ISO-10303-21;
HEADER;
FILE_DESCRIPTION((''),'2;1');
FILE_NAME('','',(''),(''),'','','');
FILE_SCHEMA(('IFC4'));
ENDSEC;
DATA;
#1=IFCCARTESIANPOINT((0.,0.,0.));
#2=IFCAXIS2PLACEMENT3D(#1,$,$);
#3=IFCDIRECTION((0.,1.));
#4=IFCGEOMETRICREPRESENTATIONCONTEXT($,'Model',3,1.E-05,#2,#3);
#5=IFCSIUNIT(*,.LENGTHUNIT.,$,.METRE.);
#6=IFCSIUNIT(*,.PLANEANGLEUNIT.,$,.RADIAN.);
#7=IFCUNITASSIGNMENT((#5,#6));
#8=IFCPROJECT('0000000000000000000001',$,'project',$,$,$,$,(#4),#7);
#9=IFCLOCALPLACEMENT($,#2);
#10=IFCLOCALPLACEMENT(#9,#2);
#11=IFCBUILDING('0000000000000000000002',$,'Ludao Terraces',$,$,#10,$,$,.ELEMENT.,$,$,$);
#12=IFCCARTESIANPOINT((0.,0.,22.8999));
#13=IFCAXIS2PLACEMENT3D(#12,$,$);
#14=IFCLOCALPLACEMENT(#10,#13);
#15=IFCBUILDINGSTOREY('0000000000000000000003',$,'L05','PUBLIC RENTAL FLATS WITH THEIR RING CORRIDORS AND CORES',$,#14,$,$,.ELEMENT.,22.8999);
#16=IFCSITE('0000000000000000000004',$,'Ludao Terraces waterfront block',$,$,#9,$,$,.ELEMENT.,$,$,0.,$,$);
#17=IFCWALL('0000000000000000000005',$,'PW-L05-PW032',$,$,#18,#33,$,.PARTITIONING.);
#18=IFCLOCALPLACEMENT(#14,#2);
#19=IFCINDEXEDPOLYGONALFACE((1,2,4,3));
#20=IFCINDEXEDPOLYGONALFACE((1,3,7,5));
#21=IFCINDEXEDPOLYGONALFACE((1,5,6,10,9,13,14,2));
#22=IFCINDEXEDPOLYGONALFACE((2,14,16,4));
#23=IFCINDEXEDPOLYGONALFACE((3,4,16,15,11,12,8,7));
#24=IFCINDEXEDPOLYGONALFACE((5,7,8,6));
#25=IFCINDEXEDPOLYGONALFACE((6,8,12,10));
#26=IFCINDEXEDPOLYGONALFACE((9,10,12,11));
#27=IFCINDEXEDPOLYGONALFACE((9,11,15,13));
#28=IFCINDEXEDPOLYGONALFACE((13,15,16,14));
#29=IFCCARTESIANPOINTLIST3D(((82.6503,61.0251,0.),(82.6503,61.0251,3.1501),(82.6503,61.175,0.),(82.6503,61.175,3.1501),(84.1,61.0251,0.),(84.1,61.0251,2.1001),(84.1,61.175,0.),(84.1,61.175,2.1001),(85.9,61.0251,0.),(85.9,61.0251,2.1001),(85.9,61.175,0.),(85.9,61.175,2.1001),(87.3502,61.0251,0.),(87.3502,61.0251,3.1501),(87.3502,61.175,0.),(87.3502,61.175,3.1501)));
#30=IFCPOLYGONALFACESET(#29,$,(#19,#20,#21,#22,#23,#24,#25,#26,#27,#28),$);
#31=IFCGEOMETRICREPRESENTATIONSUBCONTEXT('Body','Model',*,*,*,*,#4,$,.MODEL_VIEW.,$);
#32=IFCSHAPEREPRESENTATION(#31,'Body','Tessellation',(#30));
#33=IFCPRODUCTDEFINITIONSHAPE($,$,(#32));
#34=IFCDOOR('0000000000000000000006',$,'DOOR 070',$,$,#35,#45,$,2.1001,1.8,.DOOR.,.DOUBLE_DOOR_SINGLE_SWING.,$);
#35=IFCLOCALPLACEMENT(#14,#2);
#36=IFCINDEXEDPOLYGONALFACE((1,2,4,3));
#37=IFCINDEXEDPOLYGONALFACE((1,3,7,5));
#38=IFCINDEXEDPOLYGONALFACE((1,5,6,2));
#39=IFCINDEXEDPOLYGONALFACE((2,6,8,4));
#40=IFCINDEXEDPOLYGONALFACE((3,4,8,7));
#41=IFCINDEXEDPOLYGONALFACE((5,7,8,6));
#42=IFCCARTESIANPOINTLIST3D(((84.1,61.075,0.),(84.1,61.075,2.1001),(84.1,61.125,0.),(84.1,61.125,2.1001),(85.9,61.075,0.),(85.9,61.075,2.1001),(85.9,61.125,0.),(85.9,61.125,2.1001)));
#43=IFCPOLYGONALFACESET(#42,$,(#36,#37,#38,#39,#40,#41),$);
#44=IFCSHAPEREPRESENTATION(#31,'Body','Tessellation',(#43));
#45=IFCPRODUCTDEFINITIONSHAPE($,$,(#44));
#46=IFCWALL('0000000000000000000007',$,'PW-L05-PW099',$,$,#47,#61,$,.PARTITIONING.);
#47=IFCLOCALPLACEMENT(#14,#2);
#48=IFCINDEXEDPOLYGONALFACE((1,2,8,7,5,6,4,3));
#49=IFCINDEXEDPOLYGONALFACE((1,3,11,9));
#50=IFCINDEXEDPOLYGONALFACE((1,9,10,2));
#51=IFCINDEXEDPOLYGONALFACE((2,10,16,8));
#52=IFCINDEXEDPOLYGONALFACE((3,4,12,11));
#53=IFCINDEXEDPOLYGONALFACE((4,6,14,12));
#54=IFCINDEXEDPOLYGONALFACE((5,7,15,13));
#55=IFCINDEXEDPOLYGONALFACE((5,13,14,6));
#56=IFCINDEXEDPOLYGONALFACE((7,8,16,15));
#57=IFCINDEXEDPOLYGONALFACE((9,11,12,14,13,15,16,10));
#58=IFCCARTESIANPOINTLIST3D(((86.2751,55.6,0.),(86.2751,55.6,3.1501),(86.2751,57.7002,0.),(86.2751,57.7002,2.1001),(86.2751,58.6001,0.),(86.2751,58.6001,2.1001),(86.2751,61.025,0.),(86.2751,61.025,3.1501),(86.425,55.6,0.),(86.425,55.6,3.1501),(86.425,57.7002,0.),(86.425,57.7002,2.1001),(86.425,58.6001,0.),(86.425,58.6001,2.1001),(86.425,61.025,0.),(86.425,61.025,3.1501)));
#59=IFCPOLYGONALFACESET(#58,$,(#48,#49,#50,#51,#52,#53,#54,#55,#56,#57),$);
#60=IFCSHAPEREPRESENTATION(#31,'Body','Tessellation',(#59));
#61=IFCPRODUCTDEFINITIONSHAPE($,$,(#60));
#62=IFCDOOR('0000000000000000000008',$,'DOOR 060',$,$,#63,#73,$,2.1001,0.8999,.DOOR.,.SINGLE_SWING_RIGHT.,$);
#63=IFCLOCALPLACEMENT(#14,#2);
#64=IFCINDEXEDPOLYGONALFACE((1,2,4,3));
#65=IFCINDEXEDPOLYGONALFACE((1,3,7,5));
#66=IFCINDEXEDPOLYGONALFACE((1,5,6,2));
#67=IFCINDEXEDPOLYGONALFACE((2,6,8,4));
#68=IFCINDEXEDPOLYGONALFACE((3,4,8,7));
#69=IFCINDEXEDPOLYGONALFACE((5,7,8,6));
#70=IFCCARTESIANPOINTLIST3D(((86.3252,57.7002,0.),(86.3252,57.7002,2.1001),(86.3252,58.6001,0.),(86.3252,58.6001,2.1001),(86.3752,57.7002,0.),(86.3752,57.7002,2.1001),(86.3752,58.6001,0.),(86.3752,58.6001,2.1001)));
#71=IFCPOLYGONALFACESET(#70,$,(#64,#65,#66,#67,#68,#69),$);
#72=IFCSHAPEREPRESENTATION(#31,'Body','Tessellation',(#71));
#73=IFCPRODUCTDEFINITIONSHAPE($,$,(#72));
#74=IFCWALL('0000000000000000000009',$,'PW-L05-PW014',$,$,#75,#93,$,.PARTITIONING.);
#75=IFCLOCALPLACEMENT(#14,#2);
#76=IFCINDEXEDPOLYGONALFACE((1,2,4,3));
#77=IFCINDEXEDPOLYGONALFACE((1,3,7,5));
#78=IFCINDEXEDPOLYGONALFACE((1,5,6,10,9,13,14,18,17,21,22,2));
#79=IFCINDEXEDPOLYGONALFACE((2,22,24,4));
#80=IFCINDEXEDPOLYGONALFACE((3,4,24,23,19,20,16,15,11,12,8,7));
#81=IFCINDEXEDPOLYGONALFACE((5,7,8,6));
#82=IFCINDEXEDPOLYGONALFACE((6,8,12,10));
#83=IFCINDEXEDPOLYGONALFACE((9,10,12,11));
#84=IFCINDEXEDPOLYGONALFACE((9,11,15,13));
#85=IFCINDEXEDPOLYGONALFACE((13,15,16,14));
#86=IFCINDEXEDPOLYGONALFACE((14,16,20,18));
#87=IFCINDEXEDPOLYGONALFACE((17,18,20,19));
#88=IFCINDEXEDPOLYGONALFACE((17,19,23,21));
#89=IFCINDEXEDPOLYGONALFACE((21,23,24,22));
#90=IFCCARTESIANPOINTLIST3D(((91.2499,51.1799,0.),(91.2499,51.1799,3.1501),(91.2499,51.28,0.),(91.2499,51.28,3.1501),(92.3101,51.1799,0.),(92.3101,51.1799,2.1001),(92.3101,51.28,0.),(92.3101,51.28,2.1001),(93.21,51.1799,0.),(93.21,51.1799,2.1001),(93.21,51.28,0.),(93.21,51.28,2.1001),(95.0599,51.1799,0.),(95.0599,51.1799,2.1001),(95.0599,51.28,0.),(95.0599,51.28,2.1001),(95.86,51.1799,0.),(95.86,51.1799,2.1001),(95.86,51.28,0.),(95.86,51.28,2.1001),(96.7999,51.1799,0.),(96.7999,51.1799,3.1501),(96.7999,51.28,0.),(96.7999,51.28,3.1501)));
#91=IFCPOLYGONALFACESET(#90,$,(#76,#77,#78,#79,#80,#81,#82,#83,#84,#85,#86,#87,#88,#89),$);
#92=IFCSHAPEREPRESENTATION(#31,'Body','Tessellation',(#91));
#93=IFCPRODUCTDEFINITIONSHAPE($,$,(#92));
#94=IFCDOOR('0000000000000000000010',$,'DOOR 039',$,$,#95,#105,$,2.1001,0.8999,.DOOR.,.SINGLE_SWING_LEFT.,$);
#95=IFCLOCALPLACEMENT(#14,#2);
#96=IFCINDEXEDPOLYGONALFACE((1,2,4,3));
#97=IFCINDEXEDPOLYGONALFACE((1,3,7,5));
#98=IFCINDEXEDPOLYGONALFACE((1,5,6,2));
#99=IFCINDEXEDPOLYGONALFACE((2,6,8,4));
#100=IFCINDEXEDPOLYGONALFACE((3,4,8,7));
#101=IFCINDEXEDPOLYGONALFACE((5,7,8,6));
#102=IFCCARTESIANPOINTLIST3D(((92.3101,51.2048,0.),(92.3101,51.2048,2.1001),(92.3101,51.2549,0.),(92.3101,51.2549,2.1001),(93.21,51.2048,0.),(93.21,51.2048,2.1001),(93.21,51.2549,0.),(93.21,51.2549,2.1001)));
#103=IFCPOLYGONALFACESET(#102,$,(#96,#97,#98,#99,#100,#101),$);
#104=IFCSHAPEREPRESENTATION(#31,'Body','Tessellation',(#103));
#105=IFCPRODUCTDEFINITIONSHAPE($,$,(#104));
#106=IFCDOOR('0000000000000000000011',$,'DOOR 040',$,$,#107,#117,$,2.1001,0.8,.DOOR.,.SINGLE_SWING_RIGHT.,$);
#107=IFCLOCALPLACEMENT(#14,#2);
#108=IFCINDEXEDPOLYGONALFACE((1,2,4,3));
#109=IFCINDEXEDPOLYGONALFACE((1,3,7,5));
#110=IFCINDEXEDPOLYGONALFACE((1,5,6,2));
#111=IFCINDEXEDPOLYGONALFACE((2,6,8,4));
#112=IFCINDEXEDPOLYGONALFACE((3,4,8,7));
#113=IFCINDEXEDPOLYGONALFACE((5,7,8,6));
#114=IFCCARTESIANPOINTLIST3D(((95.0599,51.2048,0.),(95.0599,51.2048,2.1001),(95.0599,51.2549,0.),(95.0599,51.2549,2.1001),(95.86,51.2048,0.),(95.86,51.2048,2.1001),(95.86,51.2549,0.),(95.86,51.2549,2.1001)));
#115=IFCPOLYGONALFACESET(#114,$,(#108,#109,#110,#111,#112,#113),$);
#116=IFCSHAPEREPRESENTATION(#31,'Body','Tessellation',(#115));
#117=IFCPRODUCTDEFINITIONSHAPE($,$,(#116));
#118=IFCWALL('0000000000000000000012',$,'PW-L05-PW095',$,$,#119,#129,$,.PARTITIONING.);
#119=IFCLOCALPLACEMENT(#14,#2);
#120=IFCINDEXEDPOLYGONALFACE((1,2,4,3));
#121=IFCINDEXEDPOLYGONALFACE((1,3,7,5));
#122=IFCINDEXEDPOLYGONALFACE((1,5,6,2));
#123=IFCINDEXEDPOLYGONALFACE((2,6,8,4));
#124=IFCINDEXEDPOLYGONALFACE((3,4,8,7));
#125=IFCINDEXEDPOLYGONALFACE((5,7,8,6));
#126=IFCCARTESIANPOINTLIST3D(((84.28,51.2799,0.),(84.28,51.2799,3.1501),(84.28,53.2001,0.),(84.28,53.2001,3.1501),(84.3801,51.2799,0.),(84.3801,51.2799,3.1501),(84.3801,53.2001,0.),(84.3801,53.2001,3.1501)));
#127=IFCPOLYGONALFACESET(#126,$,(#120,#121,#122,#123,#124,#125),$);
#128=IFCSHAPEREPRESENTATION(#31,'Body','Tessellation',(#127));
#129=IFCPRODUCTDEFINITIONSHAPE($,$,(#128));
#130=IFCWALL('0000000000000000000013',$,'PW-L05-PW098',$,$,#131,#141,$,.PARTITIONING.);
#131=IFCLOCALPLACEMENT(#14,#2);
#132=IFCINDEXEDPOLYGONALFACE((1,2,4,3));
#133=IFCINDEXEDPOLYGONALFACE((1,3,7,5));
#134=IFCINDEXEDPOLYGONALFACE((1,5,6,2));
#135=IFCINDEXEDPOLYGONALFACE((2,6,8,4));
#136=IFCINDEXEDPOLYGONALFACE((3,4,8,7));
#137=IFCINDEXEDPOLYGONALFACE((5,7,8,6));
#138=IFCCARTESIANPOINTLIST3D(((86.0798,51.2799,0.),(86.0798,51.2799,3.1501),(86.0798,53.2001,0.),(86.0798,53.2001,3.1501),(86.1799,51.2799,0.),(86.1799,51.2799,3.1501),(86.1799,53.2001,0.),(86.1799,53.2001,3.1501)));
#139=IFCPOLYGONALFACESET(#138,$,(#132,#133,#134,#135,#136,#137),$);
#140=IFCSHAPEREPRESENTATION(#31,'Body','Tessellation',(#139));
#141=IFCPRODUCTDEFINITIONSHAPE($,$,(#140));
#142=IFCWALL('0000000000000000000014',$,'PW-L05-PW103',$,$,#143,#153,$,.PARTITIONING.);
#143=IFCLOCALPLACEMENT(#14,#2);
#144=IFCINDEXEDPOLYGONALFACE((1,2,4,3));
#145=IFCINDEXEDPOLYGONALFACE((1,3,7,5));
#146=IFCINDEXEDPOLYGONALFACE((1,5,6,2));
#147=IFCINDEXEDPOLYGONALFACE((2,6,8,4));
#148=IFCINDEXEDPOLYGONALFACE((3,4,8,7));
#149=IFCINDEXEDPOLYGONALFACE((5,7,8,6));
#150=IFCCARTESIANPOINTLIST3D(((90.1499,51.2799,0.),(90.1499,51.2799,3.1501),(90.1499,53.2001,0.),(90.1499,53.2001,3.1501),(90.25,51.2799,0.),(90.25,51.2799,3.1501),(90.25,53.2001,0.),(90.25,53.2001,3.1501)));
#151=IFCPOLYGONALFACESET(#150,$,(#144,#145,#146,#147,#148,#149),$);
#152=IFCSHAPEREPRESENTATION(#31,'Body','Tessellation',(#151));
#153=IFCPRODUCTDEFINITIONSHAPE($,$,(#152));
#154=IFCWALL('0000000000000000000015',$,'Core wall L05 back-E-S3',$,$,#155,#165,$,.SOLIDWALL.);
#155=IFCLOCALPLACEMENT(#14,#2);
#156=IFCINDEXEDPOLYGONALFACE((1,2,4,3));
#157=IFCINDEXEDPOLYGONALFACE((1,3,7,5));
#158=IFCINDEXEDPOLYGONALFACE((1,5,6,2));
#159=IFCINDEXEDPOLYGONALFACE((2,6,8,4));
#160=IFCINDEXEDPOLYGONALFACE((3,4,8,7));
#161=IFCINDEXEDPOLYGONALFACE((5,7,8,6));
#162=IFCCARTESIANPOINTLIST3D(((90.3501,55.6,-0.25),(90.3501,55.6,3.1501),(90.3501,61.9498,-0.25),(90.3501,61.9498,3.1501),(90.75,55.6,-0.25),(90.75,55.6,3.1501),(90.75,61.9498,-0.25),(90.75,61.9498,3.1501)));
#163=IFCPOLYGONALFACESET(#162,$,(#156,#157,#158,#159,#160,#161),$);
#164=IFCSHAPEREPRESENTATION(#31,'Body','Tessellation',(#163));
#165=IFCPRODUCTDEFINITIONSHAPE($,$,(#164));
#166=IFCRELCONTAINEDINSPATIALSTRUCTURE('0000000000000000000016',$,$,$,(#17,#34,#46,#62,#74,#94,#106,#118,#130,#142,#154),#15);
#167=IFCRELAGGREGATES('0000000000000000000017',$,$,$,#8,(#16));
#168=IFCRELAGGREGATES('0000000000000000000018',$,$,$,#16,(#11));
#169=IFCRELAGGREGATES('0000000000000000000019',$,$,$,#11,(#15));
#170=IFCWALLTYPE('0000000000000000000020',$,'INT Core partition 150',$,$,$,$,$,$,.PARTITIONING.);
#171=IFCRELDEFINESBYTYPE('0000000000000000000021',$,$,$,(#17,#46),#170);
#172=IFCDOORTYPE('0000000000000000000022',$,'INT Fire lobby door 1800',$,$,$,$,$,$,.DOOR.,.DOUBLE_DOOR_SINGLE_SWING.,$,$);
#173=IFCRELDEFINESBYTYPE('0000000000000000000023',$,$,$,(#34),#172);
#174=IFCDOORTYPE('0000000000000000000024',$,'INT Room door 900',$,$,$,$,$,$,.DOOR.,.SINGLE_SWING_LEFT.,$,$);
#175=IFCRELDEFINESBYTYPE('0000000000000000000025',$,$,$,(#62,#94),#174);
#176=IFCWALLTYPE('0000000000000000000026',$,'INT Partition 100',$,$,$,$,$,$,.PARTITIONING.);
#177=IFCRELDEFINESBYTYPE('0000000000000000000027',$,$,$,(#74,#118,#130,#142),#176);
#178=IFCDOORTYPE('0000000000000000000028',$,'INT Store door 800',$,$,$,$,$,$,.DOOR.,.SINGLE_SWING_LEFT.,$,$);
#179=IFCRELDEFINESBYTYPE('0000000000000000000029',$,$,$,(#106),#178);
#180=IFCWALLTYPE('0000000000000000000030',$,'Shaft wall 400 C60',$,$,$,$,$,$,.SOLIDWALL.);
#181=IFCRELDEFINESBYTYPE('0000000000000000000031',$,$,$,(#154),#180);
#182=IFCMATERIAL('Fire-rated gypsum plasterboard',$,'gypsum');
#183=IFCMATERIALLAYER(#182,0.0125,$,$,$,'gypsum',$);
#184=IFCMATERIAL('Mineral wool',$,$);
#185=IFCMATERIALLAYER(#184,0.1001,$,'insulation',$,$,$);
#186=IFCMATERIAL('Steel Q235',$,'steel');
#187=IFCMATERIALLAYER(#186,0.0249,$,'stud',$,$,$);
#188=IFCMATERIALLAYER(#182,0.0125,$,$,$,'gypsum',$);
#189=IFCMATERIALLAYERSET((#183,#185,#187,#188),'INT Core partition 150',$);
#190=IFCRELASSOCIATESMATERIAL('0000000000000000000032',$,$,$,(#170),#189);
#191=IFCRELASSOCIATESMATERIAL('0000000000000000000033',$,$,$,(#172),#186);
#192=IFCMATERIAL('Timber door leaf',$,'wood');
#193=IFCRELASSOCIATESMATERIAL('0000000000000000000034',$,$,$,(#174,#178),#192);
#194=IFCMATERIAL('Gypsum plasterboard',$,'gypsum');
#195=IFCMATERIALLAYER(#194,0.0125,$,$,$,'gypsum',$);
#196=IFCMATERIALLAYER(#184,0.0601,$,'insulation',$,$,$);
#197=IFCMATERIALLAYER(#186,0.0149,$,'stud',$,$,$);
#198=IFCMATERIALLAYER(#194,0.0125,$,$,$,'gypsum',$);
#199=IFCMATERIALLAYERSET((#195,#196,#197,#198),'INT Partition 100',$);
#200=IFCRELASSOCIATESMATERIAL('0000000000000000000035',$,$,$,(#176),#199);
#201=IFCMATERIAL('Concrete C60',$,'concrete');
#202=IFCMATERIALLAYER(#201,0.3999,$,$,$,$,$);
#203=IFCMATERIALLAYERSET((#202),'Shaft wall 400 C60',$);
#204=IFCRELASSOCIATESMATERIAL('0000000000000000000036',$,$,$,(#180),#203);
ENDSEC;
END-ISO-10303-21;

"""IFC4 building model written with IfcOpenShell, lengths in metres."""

from ifc_helpers import new_model, si_unit, direction, frame, frame_2d, origin, place, context, subcontext, project, spatial, rectangle, extrude, material, layer, layer_set, type_object, element, fill, save


model = new_model("IFC4")

# Units and contexts
model_context = context("Model", 3, precision=1e-05, world=origin(), true_north=direction((0.0, 1.0)))
body_context = subcontext(model_context, "Body", "Model", "MODEL_VIEW")
ifc_project = project(units=[si_unit("LENGTHUNIT", "METRE"), si_unit("PLANEANGLEUNIT", "RADIAN")], contexts=[model_context])

# Site, building, storey
site_placement = place(None, origin())
site = spatial("IfcSite", under=ifc_project, at=site_placement, Name="Ludao Terraces waterfront block", CompositionType="ELEMENT", RefElevation=0.0)
building_placement = place(site_placement, origin())
building = spatial("IfcBuilding", under=site, at=building_placement, Name="Ludao Terraces", CompositionType="ELEMENT")
storey_placement = place(building_placement, frame((0.0, 0.0, 22.8999)))
storey = spatial("IfcBuildingStorey", under=building, at=storey_placement, Name="L05", Description="PUBLIC RENTAL FLATS WITH THEIR RING CORRIDORS AND CORES", CompositionType="ELEMENT", Elevation=22.8999)

# Walls, openings, doors
ifc_material_1 = material(Name="Fire-rated gypsum plasterboard", Category="gypsum")
ifc_layer_1 = layer(ifc_material_1, 0.0125, Category="gypsum")
ifc_material_2 = material(Name="Mineral wool")
ifc_layer_2 = layer(ifc_material_2, 0.1001, Name="insulation")
ifc_material_3 = material(Name="Steel Q235", Category="steel")
ifc_layer_3 = layer(ifc_material_3, 0.0249, Name="stud")
ifc_layer_4 = layer(ifc_material_1, 0.0125, Category="gypsum")
ifc_layer_set_1 = layer_set([ifc_layer_1, ifc_layer_2, ifc_layer_3, ifc_layer_4], Name="INT Core partition 150")
wall_type_1 = type_object("IfcWallType", Name="INT Core partition 150", PredefinedType="PARTITIONING", material=ifc_layer_set_1)
wall_1_placement = place(storey_placement, frame((82.6501, 61.1001, 0.0), z_axis=(0.0, 0.0, 1.0), x_axis=(1.0, 0.0, 0.0)))
wall_1 = element("IfcWall", 1, at=wall_1_placement, inside=storey, type_object=wall_type_1, Name="PW-L05-PW032", PredefinedType="PARTITIONING", context=body_context, shape_type="SweptSolid", body=[
    extrude(rectangle(XDim=4.7, YDim=0.1499, at=frame_2d((2.3501, 0.0))), origin(), (0.0, 0.0, 1.0), 3.1501),
])
opening_1_placement = place(wall_1_placement, frame((1.45, 0.0, 0.0)))
opening_1 = element("IfcOpeningElement", 2, at=opening_1_placement, cuts=wall_1, PredefinedType="OPENING", context=body_context, shape_type="SweptSolid", body=[
    extrude(rectangle(XDim=1.8, YDim=2.1001, at=frame_2d((0.8999, 1.05))), frame((0.0, 0.085, 0.0), z_axis=(0.0, -1.0, 0.0), x_axis=(1.0, 0.0, 0.0)), (0.0, 0.0, 1.0), 0.1699),
])
door_type_1 = type_object("IfcDoorType", Name="INT Fire lobby door 1800", OperationType="DOUBLE_DOOR_SINGLE_SWING", PredefinedType="DOOR", material=ifc_material_3)
door_1_placement = place(opening_1_placement, origin())
door_1 = element("IfcDoor", 3, at=door_1_placement, inside=storey, type_object=door_type_1, Name="DOOR 070", OperationType="DOUBLE_DOOR_SINGLE_SWING", OverallHeight=2.1001, OverallWidth=1.8, PredefinedType="DOOR", context=body_context, shape_type="SweptSolid", body=[
    extrude(rectangle(XDim=1.8, YDim=2.1001, at=frame_2d((0.8999, 1.05))), frame((0.0, 0.0249, 0.0), z_axis=(0.0, -1.0, 0.0), x_axis=(1.0, 0.0, 0.0)), (0.0, 0.0, 1.0), 0.05),
])
fill(opening_1, door_1)
wall_2_placement = place(storey_placement, frame((86.3501, 55.6001, 0.0), z_axis=(0.0, 0.0, 1.0), x_axis=(0.0, 1.0, 0.0)))
wall_2 = element("IfcWall", 4, at=wall_2_placement, inside=storey, type_object=wall_type_1, Name="PW-L05-PW099", PredefinedType="PARTITIONING", context=body_context, shape_type="SweptSolid", body=[
    extrude(rectangle(XDim=5.425, YDim=0.1499, at=frame_2d((2.7124, 0.0))), origin(), (0.0, 0.0, 1.0), 3.1501),
])
opening_2_placement = place(wall_2_placement, frame((2.1001, 0.0, 0.0)))
opening_2 = element("IfcOpeningElement", 5, at=opening_2_placement, cuts=wall_2, PredefinedType="OPENING", context=body_context, shape_type="SweptSolid", body=[
    extrude(rectangle(XDim=0.8999, YDim=2.1001, at=frame_2d((0.45, 1.05))), frame((0.0, 0.085, 0.0), z_axis=(0.0, -1.0, 0.0), x_axis=(1.0, 0.0, 0.0)), (0.0, 0.0, 1.0), 0.1699),
])
ifc_material_4 = material(Name="Timber door leaf", Category="wood")
door_type_2 = type_object("IfcDoorType", Name="INT Room door 900", OperationType="SINGLE_SWING_LEFT", PredefinedType="DOOR", material=ifc_material_4)
door_2_placement = place(opening_2_placement, origin())
door_2 = element("IfcDoor", 6, at=door_2_placement, inside=storey, type_object=door_type_2, Name="DOOR 060", OperationType="SINGLE_SWING_RIGHT", OverallHeight=2.1001, OverallWidth=0.8999, PredefinedType="DOOR", context=body_context, shape_type="SweptSolid", body=[
    extrude(rectangle(XDim=0.8999, YDim=2.1001, at=frame_2d((0.45, 1.05))), frame((0.0, 0.0249, 0.0), z_axis=(0.0, -1.0, 0.0), x_axis=(1.0, 0.0, 0.0)), (0.0, 0.0, 1.0), 0.05),
])
fill(opening_2, door_2)

# Wall, openings, doors
ifc_material_5 = material(Name="Gypsum plasterboard", Category="gypsum")
ifc_layer_5 = layer(ifc_material_5, 0.0125, Category="gypsum")
ifc_layer_6 = layer(ifc_material_2, 0.0601, Name="insulation")
ifc_layer_7 = layer(ifc_material_3, 0.0149, Name="stud")
ifc_layer_8 = layer(ifc_material_5, 0.0125, Category="gypsum")
ifc_layer_set_2 = layer_set([ifc_layer_5, ifc_layer_6, ifc_layer_7, ifc_layer_8], Name="INT Partition 100")
wall_type_2 = type_object("IfcWallType", Name="INT Partition 100", PredefinedType="PARTITIONING", material=ifc_layer_set_2)
wall_3_placement = place(storey_placement, frame((91.25, 51.23, 0.0), z_axis=(0.0, 0.0, 1.0), x_axis=(1.0, 0.0, 0.0)))
wall_3 = element("IfcWall", 7, at=wall_3_placement, inside=storey, type_object=wall_type_2, Name="PW-L05-PW014", PredefinedType="PARTITIONING", context=body_context, shape_type="SweptSolid", body=[
    extrude(rectangle(XDim=5.55, YDim=0.1001, at=frame_2d((2.7749, 0.0))), origin(), (0.0, 0.0, 1.0), 3.1501),
])
opening_3_placement = place(wall_3_placement, frame((1.0601, 0.0, 0.0)))
opening_3 = element("IfcOpeningElement", 8, at=opening_3_placement, cuts=wall_3, PredefinedType="OPENING", context=body_context, shape_type="SweptSolid", body=[
    extrude(rectangle(XDim=0.8999, YDim=2.1001, at=frame_2d((0.45, 1.05))), frame((0.0, 0.0601, 0.0), z_axis=(0.0, -1.0, 0.0), x_axis=(1.0, 0.0, 0.0)), (0.0, 0.0, 1.0), 0.1201),
])
opening_4_placement = place(wall_3_placement, frame((3.8101, 0.0, 0.0)))
opening_4 = element("IfcOpeningElement", 9, at=opening_4_placement, cuts=wall_3, PredefinedType="OPENING", context=body_context, shape_type="SweptSolid", body=[
    extrude(rectangle(XDim=0.8, YDim=2.1001, at=frame_2d((0.3999, 1.05))), frame((0.0, 0.0601, 0.0), z_axis=(0.0, -1.0, 0.0), x_axis=(1.0, 0.0, 0.0)), (0.0, 0.0, 1.0), 0.1201),
])
door_3_placement = place(opening_3_placement, origin())
door_3 = element("IfcDoor", 10, at=door_3_placement, inside=storey, type_object=door_type_2, Name="DOOR 039", OperationType="SINGLE_SWING_LEFT", OverallHeight=2.1001, OverallWidth=0.8999, PredefinedType="DOOR", context=body_context, shape_type="SweptSolid", body=[
    extrude(rectangle(XDim=0.8999, YDim=2.1001, at=frame_2d((0.45, 1.05))), frame((0.0, 0.0249, 0.0), z_axis=(0.0, -1.0, 0.0), x_axis=(1.0, 0.0, 0.0)), (0.0, 0.0, 1.0), 0.05),
])
fill(opening_3, door_3)
door_type_3 = type_object("IfcDoorType", Name="INT Store door 800", OperationType="SINGLE_SWING_LEFT", PredefinedType="DOOR", material=ifc_material_4)
door_4_placement = place(opening_4_placement, origin())
door_4 = element("IfcDoor", 11, at=door_4_placement, inside=storey, type_object=door_type_3, Name="DOOR 040", OperationType="SINGLE_SWING_RIGHT", OverallHeight=2.1001, OverallWidth=0.8, PredefinedType="DOOR", context=body_context, shape_type="SweptSolid", body=[
    extrude(rectangle(XDim=0.8, YDim=2.1001, at=frame_2d((0.3999, 1.05))), frame((0.0, 0.0249, 0.0), z_axis=(0.0, -1.0, 0.0), x_axis=(1.0, 0.0, 0.0)), (0.0, 0.0, 1.0), 0.05),
])
fill(opening_4, door_4)

# Walls
for number, where, z_axis, x_axis, name in (
    (12, (84.3301, 51.28, 0.0), (0.0, 0.0, 1.0), (0.0, 1.0, 0.0), "PW-L05-PW095"),
    (13, (86.1299, 51.28, 0.0), (0.0, 0.0, 1.0), (0.0, 1.0, 0.0), "PW-L05-PW098"),
    (14, (90.2, 51.28, 0.0), (0.0, 0.0, 1.0), (0.0, 1.0, 0.0), "PW-L05-PW103"),
):
    element("IfcWall", number, at=place(storey_placement, frame(where, z_axis=z_axis, x_axis=x_axis)), inside=storey, type_object=wall_type_2, Name=name, PredefinedType="PARTITIONING", context=body_context, shape_type="SweptSolid", body=[
        extrude(rectangle(XDim=1.9202, YDim=0.1001, at=frame_2d((0.96, 0.0))), origin(), (0.0, 0.0, 1.0), 3.1501),
    ])
ifc_material_6 = material(Name="Concrete C60", Category="concrete")
ifc_layer_9 = layer(ifc_material_6, 0.3999)
ifc_layer_set_3 = layer_set([ifc_layer_9], Name="Shaft wall 400 C60")
wall_type_3 = type_object("IfcWallType", Name="Shaft wall 400 C60", PredefinedType="SOLIDWALL", material=ifc_layer_set_3)
wall_4_placement = place(storey_placement, frame((90.55, 55.6001, -0.25), z_axis=(0.0, 0.0, 1.0), x_axis=(0.0, 1.0, 0.0)))
element("IfcWall", 15, at=wall_4_placement, inside=storey, type_object=wall_type_3, Name="Core wall L05 back-E-S3", PredefinedType="SOLIDWALL", context=body_context, shape_type="SweptSolid", body=[
    extrude(rectangle(XDim=6.3499, YDim=0.3999, at=frame_2d((3.1748, 0.0))), origin(), (0.0, 0.0, 1.0), 3.4001),
])

save(model, "model.ifc")
